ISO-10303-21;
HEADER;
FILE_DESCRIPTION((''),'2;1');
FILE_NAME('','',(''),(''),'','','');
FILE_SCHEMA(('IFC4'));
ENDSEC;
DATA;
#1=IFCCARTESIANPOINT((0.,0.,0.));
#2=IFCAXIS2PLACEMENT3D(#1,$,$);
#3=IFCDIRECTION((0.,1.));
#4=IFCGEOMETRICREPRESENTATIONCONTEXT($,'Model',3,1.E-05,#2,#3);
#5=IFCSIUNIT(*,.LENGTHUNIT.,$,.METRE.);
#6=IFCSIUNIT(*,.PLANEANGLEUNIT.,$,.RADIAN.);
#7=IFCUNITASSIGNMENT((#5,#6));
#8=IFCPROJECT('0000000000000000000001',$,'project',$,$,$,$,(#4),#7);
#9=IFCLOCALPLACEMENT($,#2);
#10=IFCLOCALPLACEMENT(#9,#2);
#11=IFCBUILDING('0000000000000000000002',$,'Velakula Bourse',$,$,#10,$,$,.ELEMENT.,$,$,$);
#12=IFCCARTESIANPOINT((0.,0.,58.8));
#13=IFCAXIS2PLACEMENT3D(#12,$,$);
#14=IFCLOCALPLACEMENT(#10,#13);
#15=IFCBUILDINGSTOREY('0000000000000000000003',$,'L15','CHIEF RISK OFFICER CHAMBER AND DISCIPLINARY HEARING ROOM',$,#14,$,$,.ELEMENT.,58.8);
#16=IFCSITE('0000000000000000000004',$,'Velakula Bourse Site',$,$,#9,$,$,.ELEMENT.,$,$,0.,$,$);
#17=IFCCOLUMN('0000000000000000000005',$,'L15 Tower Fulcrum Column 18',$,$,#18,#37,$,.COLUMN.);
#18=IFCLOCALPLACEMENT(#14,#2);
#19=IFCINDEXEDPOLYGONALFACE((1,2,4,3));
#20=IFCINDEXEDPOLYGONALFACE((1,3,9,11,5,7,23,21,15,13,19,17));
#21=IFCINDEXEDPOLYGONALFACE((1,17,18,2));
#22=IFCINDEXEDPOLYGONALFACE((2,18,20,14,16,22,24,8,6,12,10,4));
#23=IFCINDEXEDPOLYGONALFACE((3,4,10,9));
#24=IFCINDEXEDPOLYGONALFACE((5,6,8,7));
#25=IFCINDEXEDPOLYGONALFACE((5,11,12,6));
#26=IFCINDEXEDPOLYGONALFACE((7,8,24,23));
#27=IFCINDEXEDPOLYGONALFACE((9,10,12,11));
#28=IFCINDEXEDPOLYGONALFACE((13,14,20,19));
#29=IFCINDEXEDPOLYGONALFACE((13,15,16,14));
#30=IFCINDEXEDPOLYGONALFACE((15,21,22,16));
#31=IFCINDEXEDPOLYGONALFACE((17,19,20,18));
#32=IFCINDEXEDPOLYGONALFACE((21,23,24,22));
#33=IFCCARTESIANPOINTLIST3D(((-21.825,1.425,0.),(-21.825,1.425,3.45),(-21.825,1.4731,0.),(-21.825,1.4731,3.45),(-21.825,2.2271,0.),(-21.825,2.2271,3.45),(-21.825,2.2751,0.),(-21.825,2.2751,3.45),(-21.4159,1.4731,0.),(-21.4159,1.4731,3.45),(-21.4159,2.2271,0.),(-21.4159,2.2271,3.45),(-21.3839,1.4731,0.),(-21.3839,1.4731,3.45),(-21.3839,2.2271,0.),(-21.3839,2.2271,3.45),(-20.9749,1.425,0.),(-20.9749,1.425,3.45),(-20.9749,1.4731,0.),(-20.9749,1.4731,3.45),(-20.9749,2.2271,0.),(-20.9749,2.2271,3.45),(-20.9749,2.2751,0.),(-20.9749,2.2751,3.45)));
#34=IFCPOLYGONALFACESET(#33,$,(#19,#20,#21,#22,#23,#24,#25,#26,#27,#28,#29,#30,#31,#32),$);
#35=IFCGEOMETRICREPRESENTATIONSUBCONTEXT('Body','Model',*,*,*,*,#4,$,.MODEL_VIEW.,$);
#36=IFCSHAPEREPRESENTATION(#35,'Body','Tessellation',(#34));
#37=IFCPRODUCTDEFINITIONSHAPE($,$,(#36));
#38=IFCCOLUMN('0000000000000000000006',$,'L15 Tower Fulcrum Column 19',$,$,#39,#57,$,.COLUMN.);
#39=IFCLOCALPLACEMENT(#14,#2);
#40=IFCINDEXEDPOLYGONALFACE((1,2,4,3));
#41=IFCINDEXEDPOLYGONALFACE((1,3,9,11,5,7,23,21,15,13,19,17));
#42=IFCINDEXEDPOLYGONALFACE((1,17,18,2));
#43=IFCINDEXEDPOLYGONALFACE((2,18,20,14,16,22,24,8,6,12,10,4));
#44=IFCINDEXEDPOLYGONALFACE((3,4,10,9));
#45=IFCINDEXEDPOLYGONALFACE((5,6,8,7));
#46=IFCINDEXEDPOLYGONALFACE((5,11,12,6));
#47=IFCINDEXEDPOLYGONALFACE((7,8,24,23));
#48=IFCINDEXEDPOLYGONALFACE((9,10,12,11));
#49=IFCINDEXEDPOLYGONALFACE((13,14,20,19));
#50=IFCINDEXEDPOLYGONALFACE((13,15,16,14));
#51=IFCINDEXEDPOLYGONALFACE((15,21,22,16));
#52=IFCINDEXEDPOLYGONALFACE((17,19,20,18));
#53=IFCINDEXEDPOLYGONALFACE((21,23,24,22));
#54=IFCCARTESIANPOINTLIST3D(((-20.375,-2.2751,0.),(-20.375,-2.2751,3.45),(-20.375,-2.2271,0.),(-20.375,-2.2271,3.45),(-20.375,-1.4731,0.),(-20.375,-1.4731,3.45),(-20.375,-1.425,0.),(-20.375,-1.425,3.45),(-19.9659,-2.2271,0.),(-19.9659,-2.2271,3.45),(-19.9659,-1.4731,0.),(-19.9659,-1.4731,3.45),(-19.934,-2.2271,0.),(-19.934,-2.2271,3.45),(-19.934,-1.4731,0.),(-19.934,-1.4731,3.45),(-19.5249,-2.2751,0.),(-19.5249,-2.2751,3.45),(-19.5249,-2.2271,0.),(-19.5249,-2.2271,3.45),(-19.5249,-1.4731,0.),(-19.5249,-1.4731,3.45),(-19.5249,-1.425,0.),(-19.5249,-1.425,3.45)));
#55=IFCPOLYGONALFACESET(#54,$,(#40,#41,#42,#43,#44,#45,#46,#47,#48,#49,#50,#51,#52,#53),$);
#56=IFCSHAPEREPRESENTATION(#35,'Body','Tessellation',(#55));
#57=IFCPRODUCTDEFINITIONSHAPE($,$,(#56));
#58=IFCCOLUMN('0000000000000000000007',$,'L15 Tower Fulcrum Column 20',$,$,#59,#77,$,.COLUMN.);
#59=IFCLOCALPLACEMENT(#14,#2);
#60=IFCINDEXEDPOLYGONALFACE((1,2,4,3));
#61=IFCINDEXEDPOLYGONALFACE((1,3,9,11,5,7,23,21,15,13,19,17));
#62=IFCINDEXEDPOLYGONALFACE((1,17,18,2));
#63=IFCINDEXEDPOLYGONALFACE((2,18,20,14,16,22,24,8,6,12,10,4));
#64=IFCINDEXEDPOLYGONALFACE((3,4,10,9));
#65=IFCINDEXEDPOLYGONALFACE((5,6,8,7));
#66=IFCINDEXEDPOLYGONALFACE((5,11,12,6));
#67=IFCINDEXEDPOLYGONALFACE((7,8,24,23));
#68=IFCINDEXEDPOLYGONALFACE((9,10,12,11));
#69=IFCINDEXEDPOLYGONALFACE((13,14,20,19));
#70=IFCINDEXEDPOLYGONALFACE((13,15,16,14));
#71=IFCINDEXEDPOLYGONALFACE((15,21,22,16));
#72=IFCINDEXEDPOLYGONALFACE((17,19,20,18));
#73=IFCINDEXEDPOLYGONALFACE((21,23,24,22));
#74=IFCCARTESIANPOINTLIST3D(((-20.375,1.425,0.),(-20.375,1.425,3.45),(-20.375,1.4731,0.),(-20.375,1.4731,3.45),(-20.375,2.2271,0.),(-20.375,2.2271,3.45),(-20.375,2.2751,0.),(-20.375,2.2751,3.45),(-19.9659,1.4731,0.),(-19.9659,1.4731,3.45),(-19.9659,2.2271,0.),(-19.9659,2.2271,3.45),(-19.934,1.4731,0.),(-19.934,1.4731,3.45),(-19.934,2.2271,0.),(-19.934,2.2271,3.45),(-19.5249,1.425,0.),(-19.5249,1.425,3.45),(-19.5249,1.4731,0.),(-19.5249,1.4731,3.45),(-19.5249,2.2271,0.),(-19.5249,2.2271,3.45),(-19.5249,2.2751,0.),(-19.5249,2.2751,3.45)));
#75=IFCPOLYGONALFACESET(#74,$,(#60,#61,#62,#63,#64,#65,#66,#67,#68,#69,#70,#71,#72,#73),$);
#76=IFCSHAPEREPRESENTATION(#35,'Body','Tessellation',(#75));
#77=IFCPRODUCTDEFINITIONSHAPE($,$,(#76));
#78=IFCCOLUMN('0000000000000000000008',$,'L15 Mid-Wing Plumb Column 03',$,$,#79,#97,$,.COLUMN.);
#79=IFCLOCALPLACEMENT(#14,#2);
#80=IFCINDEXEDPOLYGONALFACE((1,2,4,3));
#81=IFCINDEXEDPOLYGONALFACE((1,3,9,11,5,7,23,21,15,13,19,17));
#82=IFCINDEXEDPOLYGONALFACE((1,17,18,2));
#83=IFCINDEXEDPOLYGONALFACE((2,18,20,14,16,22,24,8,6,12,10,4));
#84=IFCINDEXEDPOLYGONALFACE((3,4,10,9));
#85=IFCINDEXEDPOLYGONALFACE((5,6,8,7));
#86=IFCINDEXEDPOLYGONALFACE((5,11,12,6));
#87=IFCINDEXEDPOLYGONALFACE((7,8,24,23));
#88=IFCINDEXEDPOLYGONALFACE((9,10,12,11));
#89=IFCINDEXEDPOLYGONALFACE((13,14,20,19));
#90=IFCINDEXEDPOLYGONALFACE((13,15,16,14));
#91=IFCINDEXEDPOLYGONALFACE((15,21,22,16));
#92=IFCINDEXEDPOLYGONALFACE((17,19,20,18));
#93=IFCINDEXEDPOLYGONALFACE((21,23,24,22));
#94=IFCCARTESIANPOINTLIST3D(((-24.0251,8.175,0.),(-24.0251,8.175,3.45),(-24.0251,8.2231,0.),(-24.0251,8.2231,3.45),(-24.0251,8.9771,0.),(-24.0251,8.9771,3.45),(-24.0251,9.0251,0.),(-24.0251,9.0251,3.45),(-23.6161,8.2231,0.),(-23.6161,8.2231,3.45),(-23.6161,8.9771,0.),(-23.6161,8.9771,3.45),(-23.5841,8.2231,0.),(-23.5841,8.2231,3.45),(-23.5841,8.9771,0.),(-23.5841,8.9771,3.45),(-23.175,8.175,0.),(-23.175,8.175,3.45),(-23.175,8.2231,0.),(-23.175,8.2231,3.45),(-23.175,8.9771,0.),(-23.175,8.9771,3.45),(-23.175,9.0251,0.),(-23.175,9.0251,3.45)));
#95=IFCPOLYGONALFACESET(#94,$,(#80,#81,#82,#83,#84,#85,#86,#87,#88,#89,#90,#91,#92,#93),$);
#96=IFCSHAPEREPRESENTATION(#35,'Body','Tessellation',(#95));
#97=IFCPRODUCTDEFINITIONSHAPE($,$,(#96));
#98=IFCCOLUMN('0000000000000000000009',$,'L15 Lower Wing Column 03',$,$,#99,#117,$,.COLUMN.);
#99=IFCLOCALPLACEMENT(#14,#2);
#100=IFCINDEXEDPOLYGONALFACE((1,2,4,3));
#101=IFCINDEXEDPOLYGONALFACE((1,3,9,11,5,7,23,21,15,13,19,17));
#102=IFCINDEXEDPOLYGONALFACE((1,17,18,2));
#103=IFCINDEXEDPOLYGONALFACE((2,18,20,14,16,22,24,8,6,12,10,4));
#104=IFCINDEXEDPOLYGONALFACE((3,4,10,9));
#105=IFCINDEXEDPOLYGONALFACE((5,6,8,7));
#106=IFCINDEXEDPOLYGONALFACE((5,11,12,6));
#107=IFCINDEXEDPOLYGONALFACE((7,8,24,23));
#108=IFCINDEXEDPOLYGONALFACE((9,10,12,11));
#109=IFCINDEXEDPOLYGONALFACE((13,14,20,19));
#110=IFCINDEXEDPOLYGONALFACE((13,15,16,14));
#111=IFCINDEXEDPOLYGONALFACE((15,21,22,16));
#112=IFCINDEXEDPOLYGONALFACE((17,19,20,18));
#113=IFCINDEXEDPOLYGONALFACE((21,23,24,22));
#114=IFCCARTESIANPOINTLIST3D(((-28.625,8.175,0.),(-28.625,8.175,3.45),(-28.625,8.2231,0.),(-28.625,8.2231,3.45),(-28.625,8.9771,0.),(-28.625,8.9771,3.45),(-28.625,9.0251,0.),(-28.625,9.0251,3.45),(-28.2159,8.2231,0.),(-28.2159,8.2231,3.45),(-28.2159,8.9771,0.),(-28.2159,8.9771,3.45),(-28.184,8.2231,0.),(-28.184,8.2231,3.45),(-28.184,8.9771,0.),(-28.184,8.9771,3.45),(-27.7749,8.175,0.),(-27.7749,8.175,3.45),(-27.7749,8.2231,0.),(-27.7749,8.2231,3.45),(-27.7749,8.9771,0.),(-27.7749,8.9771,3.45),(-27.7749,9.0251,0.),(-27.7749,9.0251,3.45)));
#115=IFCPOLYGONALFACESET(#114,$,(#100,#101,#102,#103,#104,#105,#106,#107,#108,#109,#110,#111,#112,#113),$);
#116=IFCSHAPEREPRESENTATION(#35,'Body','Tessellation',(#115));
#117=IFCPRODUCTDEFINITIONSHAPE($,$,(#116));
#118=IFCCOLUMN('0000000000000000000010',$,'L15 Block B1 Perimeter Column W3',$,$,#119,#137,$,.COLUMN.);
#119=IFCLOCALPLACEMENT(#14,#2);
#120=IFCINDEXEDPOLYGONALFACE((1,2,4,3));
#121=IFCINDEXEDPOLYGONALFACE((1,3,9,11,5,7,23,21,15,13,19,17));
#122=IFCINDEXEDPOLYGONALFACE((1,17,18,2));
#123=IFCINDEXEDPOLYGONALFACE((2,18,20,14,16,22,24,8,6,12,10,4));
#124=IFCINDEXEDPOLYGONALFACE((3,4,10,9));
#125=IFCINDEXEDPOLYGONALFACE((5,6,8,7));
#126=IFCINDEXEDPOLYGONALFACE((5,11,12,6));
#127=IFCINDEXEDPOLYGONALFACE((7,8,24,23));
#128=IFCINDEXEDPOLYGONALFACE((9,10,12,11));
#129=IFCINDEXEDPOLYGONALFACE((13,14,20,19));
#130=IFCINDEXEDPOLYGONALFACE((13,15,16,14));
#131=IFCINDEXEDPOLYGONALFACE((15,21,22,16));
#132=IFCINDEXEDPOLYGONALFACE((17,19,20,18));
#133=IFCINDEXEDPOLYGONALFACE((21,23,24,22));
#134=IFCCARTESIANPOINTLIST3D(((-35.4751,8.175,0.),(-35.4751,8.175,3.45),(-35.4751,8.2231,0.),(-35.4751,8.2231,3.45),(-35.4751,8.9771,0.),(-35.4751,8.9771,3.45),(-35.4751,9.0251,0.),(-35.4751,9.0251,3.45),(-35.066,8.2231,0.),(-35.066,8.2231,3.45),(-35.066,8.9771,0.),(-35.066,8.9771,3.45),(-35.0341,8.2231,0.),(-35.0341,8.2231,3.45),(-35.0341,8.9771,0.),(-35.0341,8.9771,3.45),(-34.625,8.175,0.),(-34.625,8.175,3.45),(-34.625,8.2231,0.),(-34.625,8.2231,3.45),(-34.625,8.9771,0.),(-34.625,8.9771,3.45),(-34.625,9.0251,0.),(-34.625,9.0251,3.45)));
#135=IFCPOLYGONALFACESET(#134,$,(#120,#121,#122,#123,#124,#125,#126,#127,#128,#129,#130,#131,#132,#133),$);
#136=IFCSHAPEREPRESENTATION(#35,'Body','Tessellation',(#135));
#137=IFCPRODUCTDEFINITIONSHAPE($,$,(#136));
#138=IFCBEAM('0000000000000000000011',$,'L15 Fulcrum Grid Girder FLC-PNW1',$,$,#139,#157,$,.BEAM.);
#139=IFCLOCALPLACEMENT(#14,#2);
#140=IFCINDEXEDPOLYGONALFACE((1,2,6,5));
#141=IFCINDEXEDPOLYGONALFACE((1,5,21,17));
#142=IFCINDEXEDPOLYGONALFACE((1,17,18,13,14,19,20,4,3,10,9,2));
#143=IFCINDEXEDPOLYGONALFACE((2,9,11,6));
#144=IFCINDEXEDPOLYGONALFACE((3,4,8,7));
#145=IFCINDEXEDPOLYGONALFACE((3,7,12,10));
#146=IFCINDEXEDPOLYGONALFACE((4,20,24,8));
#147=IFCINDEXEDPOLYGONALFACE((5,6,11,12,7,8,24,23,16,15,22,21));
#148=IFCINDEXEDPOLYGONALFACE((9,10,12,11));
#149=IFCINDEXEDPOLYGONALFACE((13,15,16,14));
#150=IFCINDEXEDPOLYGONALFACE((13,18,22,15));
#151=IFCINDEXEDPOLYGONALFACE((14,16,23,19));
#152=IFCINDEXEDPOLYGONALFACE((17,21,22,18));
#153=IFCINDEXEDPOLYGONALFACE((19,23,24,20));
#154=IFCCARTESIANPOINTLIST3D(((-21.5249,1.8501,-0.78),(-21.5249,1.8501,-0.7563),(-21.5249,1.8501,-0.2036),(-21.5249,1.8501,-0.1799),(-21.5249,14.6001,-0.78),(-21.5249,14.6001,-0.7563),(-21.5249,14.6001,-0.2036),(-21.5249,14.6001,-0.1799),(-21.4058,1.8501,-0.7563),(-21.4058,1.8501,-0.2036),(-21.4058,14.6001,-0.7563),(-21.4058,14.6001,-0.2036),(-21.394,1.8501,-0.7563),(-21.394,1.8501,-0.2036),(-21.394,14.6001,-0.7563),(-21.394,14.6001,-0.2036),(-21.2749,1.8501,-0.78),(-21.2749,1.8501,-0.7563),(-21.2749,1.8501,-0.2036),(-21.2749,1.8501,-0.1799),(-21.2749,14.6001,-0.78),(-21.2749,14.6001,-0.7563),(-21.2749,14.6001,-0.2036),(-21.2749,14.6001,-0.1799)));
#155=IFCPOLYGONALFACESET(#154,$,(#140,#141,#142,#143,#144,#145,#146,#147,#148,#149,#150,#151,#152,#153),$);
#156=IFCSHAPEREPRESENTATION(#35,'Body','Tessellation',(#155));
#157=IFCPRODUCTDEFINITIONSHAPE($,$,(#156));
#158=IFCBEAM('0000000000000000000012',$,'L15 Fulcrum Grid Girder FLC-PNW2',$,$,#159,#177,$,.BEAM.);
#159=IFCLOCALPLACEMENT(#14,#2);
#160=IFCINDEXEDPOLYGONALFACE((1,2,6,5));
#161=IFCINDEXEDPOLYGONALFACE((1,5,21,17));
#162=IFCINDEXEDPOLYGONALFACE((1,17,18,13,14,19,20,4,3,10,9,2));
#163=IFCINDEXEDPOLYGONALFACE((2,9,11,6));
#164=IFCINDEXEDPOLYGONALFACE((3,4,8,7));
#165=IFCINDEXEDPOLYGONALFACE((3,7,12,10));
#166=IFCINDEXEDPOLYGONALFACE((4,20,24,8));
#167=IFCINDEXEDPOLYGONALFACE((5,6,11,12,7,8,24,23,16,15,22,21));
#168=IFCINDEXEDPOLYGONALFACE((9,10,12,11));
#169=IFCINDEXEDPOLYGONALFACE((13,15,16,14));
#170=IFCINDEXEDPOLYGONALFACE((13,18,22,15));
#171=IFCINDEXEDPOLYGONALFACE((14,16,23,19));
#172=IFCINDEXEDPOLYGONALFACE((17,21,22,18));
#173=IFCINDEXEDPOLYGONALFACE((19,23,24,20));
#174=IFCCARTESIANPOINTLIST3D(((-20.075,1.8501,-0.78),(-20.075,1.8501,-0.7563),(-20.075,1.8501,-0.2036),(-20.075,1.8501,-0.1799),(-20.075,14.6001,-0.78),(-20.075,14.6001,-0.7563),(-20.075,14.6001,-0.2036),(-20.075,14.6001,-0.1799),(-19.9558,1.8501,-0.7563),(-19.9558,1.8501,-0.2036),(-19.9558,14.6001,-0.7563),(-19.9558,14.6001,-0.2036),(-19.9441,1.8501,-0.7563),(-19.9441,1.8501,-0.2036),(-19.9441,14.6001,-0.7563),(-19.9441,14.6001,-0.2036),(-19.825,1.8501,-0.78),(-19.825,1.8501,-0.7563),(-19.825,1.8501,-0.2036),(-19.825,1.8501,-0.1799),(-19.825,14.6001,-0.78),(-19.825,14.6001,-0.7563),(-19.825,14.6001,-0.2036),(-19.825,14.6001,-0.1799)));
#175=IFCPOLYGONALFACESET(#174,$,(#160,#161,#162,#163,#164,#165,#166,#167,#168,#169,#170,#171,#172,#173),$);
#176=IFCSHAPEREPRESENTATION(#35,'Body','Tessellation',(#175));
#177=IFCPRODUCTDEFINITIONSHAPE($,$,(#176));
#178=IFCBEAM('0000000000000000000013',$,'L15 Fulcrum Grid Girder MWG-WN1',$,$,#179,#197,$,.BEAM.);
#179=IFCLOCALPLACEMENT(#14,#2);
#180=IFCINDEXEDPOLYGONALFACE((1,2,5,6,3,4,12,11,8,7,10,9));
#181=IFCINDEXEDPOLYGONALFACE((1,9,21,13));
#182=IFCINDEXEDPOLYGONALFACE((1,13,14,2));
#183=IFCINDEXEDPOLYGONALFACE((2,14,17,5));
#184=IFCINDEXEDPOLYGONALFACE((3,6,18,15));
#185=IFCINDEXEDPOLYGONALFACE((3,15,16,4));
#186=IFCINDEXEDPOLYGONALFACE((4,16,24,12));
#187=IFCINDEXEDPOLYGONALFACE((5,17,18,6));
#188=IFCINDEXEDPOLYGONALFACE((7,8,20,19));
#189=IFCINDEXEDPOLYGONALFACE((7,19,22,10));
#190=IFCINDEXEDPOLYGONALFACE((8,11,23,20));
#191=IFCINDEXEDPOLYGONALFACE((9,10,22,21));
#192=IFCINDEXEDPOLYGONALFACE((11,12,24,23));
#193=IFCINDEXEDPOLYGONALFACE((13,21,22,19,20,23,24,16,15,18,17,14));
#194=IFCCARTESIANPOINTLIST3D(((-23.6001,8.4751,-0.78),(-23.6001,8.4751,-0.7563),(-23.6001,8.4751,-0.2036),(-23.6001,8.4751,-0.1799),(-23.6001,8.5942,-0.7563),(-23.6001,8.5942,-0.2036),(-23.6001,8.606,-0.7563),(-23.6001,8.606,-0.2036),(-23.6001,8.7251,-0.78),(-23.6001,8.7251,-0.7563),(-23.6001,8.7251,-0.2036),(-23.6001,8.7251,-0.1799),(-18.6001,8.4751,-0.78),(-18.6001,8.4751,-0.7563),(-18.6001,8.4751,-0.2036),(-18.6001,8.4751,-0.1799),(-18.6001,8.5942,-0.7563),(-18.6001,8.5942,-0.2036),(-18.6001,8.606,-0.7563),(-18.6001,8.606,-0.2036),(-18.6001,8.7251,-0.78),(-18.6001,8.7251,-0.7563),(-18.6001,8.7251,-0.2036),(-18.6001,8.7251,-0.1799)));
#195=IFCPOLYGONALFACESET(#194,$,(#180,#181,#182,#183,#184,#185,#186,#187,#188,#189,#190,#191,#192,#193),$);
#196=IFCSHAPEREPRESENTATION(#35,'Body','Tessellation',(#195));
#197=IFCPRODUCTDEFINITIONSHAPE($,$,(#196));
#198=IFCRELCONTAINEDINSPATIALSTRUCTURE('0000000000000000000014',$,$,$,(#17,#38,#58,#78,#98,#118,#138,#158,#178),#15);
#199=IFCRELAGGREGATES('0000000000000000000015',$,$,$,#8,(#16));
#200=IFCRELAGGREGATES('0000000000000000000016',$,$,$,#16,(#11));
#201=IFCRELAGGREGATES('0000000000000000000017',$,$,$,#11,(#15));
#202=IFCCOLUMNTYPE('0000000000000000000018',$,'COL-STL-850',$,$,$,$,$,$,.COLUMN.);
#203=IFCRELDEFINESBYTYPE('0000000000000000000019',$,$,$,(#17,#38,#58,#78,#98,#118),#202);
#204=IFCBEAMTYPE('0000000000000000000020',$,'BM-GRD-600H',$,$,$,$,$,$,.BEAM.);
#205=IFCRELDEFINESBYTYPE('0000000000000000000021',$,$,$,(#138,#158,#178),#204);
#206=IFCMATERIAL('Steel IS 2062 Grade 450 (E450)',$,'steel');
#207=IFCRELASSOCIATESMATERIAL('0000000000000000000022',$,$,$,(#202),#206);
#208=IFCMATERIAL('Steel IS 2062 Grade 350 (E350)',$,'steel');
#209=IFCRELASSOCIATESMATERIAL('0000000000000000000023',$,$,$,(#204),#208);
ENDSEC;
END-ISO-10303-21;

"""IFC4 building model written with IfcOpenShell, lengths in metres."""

from ifc_helpers import new_model, si_unit, direction, frame, origin, origin_2d, place, context, subcontext, project, spatial, i_section, extrude, material, material_profile, profile_set, type_object, element, save


model = new_model("IFC4")

# Units and contexts
model_context = context("Model", 3, precision=1e-05, world=origin(), true_north=direction((0.0, 1.0)))
body_context = subcontext(model_context, "Body", "Model", "MODEL_VIEW")
ifc_project = project(units=[si_unit("LENGTHUNIT", "METRE"), si_unit("PLANEANGLEUNIT", "RADIAN")], contexts=[model_context])

# Site, building, storey
site_placement = place(None, origin())
site = spatial("IfcSite", under=ifc_project, at=site_placement, Name="Velakula Bourse Site", CompositionType="ELEMENT", RefElevation=0.0)
building_placement = place(site_placement, origin())
building = spatial("IfcBuilding", under=site, at=building_placement, Name="Velakula Bourse", CompositionType="ELEMENT")
storey_placement = place(building_placement, frame((0.0, 0.0, 58.8)))
storey = spatial("IfcBuildingStorey", under=building, at=storey_placement, Name="L15", Description="CHIEF RISK OFFICER CHAMBER AND DISCIPLINARY HEARING ROOM", CompositionType="ELEMENT", Elevation=58.8)

# Columns
ifc_material_1 = material(Name="Steel IS 2062 Grade 450 (E450)", Category="steel")
ifc_material_profile_1 = material_profile(ifc_material_1, i_section(OverallWidth=0.8501, OverallDepth=0.8501, WebThickness=0.032, FlangeThickness=0.0481, at=origin_2d()), Name="Steel IS 2062 Grade 450 (E450)")
ifc_profile_set_1 = profile_set([ifc_material_profile_1], Name="Steel IS 2062 Grade 450 (E450)")
column_type = type_object("IfcColumnType", Name="COL-STL-850", PredefinedType="COLUMN", material=ifc_profile_set_1)
for number, where, z_axis, x_axis, name in (
    (1, (-21.3999, 1.8501, 0.0), (0.0, 0.0, 1.0), (1.0, 0.0, 0.0), "L15 Tower Fulcrum Column 18"),
    (2, (-19.95, -1.8501, 0.0), (0.0, 0.0, 1.0), (1.0, 0.0, 0.0), "L15 Tower Fulcrum Column 19"),
    (3, (-19.95, 1.8501, 0.0), (0.0, 0.0, 1.0), (1.0, 0.0, 0.0), "L15 Tower Fulcrum Column 20"),
    (4, (-23.6001, 8.6001, 0.0), (0.0, 0.0, 1.0), (1.0, 0.0, 0.0), "L15 Mid-Wing Plumb Column 03"),
    (5, (-28.2, 8.6001, 0.0), (0.0, 0.0, 1.0), (1.0, 0.0, 0.0), "L15 Lower Wing Column 03"),
    (6, (-35.05, 8.6001, 0.0), (0.0, 0.0, 1.0), (1.0, 0.0, 0.0), "L15 Block B1 Perimeter Column W3"),
):
    element("IfcColumn", number, at=place(storey_placement, frame(where, z_axis=z_axis, x_axis=x_axis)), inside=storey, type_object=column_type, Name=name, PredefinedType="COLUMN", context=body_context, shape_type="SweptSolid", body=[
        extrude(i_section(OverallWidth=0.8501, OverallDepth=0.8501, WebThickness=0.032, FlangeThickness=0.0481, at=origin_2d()), origin(), (0.0, 0.0, 1.0), 3.45),
    ])

# Beams
ifc_material_2 = material(Name="Steel IS 2062 Grade 350 (E350)", Category="steel")
ifc_material_profile_2 = material_profile(ifc_material_2, i_section(OverallWidth=0.25, OverallDepth=0.6001, WebThickness=0.0117, FlangeThickness=0.0237, at=origin_2d()), Name="Steel IS 2062 Grade 350 (E350)")
ifc_profile_set_2 = profile_set([ifc_material_profile_2], Name="Steel IS 2062 Grade 350 (E350)")
beam_type_1 = type_object("IfcBeamType", Name="BM-GRD-600H", PredefinedType="BEAM", material=ifc_profile_set_2)
for number, where, z_axis, x_axis, name in (
    (7, (-21.3999, 1.8501, -0.48), (0.0, 1.0, 0.0), (-1.0, 0.0, 0.0), "L15 Fulcrum Grid Girder FLC-PNW1"),
    (8, (-19.95, 1.8501, -0.48), (0.0, 1.0, 0.0), (-1.0, 0.0, 0.0), "L15 Fulcrum Grid Girder FLC-PNW2"),
):
    element("IfcBeam", number, at=place(storey_placement, frame(where, z_axis=z_axis, x_axis=x_axis)), inside=storey, type_object=beam_type_1, Name=name, PredefinedType="BEAM", context=body_context, shape_type="SweptSolid", body=[
        extrude(i_section(OverallWidth=0.25, OverallDepth=0.6001, WebThickness=0.0117, FlangeThickness=0.0237, at=origin_2d()), origin(), (0.0, 0.0, 1.0), 12.75),
    ])
beam_1_placement = place(storey_placement, frame((-23.6001, 8.6001, -0.48), z_axis=(1.0, 0.0, 0.0), x_axis=(0.0, 1.0, 0.0)))
element("IfcBeam", 9, at=beam_1_placement, inside=storey, type_object=beam_type_1, Name="L15 Fulcrum Grid Girder MWG-WN1", PredefinedType="BEAM", context=body_context, shape_type="SweptSolid", body=[
    extrude(i_section(OverallWidth=0.25, OverallDepth=0.6001, WebThickness=0.0117, FlangeThickness=0.0237, at=origin_2d()), origin(), (0.0, 0.0, 1.0), 5.0),
])

save(model, "model.ifc")
